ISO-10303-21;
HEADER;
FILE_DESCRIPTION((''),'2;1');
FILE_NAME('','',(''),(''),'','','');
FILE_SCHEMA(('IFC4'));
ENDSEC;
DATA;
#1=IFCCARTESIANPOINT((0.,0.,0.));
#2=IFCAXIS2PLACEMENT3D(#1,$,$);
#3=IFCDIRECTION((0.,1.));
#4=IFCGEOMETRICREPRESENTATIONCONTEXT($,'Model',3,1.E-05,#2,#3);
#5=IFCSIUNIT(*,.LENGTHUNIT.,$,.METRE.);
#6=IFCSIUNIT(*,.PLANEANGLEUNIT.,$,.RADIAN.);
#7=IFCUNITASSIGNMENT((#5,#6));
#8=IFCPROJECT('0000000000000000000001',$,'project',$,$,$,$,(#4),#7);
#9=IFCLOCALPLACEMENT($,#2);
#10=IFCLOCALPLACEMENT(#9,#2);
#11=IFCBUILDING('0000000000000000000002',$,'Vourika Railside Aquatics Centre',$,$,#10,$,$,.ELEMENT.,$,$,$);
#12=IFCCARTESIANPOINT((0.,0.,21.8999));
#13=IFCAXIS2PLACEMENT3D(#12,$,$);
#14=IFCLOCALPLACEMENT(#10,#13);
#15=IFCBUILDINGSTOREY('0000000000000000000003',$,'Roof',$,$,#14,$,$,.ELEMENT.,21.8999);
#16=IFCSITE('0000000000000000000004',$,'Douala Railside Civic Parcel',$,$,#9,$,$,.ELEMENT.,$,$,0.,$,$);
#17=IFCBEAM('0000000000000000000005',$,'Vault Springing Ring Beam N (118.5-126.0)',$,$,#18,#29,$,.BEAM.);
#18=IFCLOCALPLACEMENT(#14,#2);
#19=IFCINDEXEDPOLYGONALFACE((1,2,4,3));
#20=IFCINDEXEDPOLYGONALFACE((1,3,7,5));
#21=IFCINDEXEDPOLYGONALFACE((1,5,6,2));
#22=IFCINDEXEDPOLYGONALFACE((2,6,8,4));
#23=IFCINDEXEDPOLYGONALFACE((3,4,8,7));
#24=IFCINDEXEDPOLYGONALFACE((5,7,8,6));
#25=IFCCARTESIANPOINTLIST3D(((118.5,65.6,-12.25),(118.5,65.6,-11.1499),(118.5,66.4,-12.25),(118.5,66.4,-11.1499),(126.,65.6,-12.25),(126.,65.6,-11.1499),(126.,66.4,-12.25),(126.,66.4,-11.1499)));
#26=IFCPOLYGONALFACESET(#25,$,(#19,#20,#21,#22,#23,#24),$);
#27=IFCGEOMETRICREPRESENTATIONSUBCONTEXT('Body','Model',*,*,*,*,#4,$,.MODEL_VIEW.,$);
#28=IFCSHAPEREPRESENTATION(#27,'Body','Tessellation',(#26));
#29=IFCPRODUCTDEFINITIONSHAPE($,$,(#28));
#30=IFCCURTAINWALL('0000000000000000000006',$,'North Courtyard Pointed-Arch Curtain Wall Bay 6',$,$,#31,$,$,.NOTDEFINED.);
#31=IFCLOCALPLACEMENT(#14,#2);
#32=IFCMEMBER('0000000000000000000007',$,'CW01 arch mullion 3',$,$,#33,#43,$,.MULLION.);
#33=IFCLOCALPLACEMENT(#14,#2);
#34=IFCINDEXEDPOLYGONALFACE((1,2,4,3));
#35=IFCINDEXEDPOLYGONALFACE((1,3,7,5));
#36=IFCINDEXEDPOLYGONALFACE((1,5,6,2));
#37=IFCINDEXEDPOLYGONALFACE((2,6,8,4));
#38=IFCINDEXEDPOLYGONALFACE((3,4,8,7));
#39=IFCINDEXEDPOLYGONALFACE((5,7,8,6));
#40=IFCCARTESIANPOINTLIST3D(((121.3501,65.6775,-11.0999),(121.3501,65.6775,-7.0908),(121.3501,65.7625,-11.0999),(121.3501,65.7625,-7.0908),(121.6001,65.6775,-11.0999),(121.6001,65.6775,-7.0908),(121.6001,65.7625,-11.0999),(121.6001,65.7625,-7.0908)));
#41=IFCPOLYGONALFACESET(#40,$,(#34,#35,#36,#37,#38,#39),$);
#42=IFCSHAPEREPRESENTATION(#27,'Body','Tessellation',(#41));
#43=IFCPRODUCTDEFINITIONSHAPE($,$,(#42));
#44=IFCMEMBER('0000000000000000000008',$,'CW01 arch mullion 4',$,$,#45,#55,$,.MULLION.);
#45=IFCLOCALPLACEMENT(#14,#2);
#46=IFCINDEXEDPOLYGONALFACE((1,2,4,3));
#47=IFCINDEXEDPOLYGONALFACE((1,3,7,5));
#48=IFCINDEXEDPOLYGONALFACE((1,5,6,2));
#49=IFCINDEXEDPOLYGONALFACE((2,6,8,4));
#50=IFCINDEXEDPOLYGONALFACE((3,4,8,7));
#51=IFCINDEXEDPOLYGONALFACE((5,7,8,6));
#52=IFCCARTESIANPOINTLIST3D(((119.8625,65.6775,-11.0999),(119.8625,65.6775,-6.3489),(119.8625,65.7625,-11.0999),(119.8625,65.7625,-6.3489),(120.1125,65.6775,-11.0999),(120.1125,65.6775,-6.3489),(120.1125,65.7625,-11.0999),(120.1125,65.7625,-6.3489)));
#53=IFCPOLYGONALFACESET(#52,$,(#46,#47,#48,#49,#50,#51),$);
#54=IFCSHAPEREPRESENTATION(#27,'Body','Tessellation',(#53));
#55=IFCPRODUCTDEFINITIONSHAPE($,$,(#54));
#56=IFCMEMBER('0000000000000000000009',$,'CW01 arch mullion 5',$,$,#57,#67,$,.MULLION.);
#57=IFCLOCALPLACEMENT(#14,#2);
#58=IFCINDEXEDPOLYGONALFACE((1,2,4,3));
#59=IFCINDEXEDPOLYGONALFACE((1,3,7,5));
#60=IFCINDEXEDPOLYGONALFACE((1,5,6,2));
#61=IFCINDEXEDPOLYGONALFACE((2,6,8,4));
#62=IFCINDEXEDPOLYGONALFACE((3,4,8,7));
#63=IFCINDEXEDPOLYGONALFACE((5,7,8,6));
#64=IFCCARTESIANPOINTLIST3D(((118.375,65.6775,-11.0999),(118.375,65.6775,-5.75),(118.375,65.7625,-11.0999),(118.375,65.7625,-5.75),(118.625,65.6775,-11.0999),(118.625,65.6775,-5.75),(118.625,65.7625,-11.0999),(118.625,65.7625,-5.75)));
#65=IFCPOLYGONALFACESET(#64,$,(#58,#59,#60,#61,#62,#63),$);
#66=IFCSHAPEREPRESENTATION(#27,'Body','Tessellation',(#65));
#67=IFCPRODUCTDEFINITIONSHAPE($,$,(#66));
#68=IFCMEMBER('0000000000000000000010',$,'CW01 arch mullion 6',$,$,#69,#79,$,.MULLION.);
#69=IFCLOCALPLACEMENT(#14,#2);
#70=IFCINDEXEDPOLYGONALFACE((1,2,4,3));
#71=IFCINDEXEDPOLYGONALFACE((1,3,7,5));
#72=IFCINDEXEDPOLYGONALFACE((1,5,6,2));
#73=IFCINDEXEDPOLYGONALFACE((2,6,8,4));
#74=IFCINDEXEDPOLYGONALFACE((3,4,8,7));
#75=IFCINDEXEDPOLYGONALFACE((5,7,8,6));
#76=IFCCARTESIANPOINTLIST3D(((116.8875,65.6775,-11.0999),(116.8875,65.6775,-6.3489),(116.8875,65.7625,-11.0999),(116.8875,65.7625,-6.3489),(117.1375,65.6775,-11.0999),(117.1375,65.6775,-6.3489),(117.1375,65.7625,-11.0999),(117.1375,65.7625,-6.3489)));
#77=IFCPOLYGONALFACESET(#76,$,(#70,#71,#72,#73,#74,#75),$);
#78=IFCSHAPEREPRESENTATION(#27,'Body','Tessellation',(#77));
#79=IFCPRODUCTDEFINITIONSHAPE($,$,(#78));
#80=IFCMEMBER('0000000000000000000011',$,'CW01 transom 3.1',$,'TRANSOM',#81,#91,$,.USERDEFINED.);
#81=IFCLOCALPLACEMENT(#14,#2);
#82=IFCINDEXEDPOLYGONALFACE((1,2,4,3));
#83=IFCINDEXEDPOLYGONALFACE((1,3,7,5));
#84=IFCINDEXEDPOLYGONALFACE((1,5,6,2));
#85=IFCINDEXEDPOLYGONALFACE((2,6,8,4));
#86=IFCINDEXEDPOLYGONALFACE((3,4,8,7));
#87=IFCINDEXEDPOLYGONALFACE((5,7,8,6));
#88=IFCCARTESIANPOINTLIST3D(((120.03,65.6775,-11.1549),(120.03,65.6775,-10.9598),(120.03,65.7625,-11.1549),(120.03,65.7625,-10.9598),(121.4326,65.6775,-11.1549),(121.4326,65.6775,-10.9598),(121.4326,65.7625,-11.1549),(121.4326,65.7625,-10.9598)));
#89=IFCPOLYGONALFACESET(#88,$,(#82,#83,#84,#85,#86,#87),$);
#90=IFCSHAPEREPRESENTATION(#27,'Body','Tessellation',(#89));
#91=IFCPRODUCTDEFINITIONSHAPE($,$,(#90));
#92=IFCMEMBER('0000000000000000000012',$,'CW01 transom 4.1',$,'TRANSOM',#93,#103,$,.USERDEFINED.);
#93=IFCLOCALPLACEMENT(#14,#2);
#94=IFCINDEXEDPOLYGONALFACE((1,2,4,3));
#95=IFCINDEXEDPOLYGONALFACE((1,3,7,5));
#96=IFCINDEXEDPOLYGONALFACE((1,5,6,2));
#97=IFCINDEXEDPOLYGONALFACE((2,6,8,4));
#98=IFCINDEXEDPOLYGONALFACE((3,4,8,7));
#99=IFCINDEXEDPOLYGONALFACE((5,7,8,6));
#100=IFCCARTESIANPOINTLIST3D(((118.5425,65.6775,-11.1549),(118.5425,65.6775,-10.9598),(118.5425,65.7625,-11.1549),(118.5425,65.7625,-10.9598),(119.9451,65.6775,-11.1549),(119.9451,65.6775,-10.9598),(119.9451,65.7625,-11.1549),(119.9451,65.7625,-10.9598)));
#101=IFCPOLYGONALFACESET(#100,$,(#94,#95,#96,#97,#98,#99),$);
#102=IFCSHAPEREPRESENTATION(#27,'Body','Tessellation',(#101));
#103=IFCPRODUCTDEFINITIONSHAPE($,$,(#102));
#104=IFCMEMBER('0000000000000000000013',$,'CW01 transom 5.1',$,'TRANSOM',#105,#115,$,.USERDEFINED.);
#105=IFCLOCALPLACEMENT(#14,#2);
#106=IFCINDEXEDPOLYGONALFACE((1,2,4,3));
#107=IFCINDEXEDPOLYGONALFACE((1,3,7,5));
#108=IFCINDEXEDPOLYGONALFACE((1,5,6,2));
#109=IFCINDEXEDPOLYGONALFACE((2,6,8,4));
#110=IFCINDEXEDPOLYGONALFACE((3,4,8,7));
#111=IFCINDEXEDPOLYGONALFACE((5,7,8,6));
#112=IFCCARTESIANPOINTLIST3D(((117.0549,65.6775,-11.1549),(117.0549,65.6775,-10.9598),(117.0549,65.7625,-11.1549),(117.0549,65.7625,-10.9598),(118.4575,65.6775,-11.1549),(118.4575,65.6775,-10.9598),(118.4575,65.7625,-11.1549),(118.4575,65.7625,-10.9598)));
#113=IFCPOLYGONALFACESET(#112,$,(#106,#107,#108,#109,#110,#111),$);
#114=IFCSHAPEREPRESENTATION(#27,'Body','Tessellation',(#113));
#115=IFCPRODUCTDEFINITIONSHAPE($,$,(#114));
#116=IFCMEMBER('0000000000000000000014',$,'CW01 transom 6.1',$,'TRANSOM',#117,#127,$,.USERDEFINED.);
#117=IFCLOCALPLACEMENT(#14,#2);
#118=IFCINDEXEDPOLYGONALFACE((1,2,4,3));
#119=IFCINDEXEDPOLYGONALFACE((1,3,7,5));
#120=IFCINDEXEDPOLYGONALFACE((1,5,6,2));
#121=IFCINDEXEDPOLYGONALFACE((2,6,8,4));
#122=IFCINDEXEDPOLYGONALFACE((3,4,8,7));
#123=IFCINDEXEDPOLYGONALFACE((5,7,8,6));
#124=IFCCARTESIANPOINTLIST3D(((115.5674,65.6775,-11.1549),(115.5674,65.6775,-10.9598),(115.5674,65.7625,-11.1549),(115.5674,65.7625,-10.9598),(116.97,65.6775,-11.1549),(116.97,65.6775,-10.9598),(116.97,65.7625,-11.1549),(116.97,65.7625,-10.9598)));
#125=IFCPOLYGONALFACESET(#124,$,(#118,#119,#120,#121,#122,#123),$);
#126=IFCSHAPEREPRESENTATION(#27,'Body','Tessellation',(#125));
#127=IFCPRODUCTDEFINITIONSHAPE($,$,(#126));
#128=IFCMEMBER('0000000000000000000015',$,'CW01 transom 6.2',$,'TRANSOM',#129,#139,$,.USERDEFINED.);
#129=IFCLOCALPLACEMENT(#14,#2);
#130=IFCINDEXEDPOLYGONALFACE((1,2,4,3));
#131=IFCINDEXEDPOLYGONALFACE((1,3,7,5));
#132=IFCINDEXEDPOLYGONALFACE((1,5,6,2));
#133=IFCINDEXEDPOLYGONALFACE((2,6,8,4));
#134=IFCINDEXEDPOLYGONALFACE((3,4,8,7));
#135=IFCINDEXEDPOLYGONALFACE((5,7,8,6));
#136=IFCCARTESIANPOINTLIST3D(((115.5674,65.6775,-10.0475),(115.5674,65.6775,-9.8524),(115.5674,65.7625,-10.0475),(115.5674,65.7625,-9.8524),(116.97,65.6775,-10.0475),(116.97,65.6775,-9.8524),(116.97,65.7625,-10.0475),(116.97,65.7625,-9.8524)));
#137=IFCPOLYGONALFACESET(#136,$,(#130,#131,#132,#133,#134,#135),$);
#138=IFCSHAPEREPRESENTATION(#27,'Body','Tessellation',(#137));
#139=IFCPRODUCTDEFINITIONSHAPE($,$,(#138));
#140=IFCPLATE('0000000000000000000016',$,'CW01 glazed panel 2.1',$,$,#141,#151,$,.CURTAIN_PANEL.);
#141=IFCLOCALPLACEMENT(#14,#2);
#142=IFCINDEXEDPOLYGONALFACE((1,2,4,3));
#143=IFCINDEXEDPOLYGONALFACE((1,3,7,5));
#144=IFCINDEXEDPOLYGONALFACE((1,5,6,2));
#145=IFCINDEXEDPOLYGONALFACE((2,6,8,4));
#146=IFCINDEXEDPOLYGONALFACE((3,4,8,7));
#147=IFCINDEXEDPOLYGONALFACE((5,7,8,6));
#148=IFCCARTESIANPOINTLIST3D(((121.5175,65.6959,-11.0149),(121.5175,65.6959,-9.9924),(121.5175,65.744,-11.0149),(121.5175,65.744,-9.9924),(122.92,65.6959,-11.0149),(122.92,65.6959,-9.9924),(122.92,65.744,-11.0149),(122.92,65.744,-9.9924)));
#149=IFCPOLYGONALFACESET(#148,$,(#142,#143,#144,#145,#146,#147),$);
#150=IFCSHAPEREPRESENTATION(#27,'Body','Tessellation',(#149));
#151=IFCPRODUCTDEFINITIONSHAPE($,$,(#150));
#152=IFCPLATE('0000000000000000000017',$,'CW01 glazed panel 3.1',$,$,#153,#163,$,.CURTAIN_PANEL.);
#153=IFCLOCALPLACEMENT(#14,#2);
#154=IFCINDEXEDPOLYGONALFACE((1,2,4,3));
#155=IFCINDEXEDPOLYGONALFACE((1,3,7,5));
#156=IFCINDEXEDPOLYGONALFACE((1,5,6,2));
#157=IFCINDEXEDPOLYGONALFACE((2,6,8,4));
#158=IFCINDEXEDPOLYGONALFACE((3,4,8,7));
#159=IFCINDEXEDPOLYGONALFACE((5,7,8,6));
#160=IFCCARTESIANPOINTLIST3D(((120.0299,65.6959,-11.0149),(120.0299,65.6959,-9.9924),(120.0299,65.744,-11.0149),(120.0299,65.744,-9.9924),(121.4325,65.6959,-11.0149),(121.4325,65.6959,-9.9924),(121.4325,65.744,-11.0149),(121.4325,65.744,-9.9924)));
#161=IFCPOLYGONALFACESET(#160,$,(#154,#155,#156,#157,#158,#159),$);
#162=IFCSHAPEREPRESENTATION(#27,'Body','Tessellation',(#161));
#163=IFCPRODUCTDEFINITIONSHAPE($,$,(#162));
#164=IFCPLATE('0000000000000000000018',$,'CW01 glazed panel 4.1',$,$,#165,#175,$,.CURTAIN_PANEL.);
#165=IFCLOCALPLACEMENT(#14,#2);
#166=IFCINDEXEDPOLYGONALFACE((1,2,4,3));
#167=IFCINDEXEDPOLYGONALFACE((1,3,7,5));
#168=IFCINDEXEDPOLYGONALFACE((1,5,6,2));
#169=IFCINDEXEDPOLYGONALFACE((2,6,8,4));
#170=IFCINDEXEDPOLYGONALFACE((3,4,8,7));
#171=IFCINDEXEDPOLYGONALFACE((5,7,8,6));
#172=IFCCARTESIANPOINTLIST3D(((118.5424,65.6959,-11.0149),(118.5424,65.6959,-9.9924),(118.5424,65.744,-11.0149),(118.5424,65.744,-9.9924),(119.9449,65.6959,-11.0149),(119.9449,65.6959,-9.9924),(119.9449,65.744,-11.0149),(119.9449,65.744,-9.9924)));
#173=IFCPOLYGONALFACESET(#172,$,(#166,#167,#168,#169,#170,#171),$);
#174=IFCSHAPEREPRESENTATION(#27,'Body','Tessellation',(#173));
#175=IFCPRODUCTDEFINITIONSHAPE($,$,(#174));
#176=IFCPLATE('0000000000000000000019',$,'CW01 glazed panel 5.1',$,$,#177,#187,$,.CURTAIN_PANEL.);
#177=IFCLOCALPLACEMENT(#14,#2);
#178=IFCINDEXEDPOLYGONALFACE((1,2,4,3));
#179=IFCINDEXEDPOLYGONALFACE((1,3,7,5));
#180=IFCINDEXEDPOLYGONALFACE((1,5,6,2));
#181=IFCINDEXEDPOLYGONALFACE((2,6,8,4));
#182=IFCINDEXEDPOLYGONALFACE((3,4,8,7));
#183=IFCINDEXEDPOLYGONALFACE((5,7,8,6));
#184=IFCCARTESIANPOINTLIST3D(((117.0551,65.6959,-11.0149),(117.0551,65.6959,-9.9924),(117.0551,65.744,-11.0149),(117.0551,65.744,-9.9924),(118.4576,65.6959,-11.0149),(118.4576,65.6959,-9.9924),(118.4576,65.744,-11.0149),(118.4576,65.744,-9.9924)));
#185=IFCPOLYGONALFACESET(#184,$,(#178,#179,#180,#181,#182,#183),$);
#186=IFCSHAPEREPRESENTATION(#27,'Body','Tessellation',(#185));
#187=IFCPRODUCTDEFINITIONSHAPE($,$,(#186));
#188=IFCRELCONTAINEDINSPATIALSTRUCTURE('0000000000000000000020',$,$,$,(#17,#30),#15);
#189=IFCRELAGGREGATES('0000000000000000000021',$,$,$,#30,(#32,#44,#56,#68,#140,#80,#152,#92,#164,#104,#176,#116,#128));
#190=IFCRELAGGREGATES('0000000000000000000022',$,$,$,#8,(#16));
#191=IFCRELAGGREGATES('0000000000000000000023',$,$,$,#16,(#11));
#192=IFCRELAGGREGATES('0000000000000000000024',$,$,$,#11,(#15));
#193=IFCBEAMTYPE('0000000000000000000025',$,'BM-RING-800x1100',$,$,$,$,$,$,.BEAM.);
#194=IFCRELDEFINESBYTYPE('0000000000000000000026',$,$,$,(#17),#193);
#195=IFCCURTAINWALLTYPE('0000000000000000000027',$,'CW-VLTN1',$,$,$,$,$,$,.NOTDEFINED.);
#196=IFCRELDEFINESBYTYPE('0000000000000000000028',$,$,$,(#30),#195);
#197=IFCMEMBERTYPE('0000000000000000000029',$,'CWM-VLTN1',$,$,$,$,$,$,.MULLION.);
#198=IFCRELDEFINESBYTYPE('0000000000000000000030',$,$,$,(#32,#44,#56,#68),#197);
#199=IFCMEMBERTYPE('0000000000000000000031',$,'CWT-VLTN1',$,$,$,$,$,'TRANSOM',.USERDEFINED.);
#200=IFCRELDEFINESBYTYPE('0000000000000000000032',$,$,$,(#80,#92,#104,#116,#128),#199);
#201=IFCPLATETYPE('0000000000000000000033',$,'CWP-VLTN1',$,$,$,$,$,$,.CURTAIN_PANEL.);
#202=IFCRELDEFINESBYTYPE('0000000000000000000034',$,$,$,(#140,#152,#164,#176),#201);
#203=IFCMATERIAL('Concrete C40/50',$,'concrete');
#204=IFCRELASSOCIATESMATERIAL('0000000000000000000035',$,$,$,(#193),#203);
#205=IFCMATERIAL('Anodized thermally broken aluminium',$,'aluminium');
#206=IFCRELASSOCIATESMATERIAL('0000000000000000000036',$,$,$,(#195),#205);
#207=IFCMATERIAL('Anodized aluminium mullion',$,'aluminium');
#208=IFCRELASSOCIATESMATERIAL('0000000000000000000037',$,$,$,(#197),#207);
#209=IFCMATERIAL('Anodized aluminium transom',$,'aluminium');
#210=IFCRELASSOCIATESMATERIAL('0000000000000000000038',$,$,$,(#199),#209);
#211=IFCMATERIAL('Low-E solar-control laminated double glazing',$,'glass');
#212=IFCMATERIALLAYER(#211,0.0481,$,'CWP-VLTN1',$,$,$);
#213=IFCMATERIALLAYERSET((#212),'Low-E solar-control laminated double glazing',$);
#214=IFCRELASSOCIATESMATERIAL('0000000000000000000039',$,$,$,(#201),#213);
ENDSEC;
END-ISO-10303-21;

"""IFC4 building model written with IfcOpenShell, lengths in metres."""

from ifc_helpers import new_model, si_unit, direction, frame, origin, origin_2d, place, context, subcontext, project, spatial, rectangle, extrude, material, layer, layer_set, material_profile, profile_set, type_object, element, aggregate, save


model = new_model("IFC4")

# Units and contexts
model_context = context("Model", 3, precision=1e-05, world=origin(), true_north=direction((0.0, 1.0)))
body_context = subcontext(model_context, "Body", "Model", "MODEL_VIEW")
ifc_project = project(units=[si_unit("LENGTHUNIT", "METRE"), si_unit("PLANEANGLEUNIT", "RADIAN")], contexts=[model_context])

# Site, building, storey
site_placement = place(None, origin())
site = spatial("IfcSite", under=ifc_project, at=site_placement, Name="Douala Railside Civic Parcel", CompositionType="ELEMENT", RefElevation=0.0)
building_placement = place(site_placement, origin())
building = spatial("IfcBuilding", under=site, at=building_placement, Name="Vourika Railside Aquatics Centre", CompositionType="ELEMENT")
storey_placement = place(building_placement, frame((0.0, 0.0, 21.8999)))
storey = spatial("IfcBuildingStorey", under=building, at=storey_placement, Name="Roof", CompositionType="ELEMENT", Elevation=21.8999)

# Beam
ifc_material_1 = material(Name="Concrete C40/50", Category="concrete")
ifc_material_profile_1 = material_profile(ifc_material_1, rectangle(XDim=0.8, YDim=1.1001, at=origin_2d()), Name="RC 800x1100")
ifc_profile_set_1 = profile_set([ifc_material_profile_1], Name="Concrete C40/50")
beam_type = type_object("IfcBeamType", Name="BM-RING-800x1100", PredefinedType="BEAM", material=ifc_profile_set_1)
beam_placement = place(storey_placement, frame((118.5, 66.0, -11.7), z_axis=(1.0, 0.0, 0.0), x_axis=(0.0, 1.0, 0.0)))
element("IfcBeam", 1, at=beam_placement, inside=storey, type_object=beam_type, Name="Vault Springing Ring Beam N (118.5-126.0)", PredefinedType="BEAM", context=body_context, shape_type="SweptSolid", body=[
    extrude(rectangle(XDim=0.8, YDim=1.1001, at=origin_2d()), origin(), (0.0, 0.0, 1.0), 7.5),
])

# Curtain wall, members, plates
ifc_material_2 = material(Name="Anodized thermally broken aluminium", Category="aluminium")
curtain_wall_type = type_object("IfcCurtainWallType", Name="CW-VLTN1", PredefinedType="NOTDEFINED", material=ifc_material_2)
curtain_wall_placement = place(storey_placement, origin())
curtain_wall = element("IfcCurtainWall", 2, at=curtain_wall_placement, inside=storey, type_object=curtain_wall_type, Name="North Courtyard Pointed-Arch Curtain Wall Bay 6", PredefinedType="NOTDEFINED")
ifc_material_3 = material(Name="Anodized aluminium mullion", Category="aluminium")
ifc_material_profile_2 = material_profile(ifc_material_3, rectangle(XDim=0.085, YDim=0.25, at=origin_2d()), Name="ALU-M 85x250")
ifc_profile_set_2 = profile_set([ifc_material_profile_2], Name="Anodized aluminium mullion")
member_type_1 = type_object("IfcMemberType", Name="CWM-VLTN1", PredefinedType="MULLION", material=ifc_profile_set_2)
member_1_placement = place(storey_placement, frame((121.4751, 65.72, -11.0999), z_axis=(0.0, 0.0, 1.0), x_axis=(0.0, -1.0, 0.0)))
member_1 = element("IfcMember", 3, at=member_1_placement, type_object=member_type_1, Name="CW01 arch mullion 3", PredefinedType="MULLION", context=body_context, shape_type="SweptSolid", body=[
    extrude(rectangle(XDim=0.085, YDim=0.25, at=origin_2d()), origin(), (0.0, 0.0, 1.0), 4.009),
])
member_2_placement = place(storey_placement, frame((119.9875, 65.72, -11.0999), z_axis=(0.0, 0.0, 1.0), x_axis=(0.0, -1.0, 0.0)))
member_2 = element("IfcMember", 4, at=member_2_placement, type_object=member_type_1, Name="CW01 arch mullion 4", PredefinedType="MULLION", context=body_context, shape_type="SweptSolid", body=[
    extrude(rectangle(XDim=0.085, YDim=0.25, at=origin_2d()), origin(), (0.0, 0.0, 1.0), 4.751),
])
member_3_placement = place(storey_placement, frame((118.5, 65.72, -11.0999), z_axis=(0.0, 0.0, 1.0), x_axis=(0.0, -1.0, 0.0)))
member_3 = element("IfcMember", 5, at=member_3_placement, type_object=member_type_1, Name="CW01 arch mullion 5", PredefinedType="MULLION", context=body_context, shape_type="SweptSolid", body=[
    extrude(rectangle(XDim=0.085, YDim=0.25, at=origin_2d()), origin(), (0.0, 0.0, 1.0), 5.3499),
])
member_4_placement = place(storey_placement, frame((117.0125, 65.72, -11.0999), z_axis=(0.0, 0.0, 1.0), x_axis=(0.0, -1.0, 0.0)))
member_4 = element("IfcMember", 6, at=member_4_placement, type_object=member_type_1, Name="CW01 arch mullion 6", PredefinedType="MULLION", context=body_context, shape_type="SweptSolid", body=[
    extrude(rectangle(XDim=0.085, YDim=0.25, at=origin_2d()), origin(), (0.0, 0.0, 1.0), 4.751),
])
ifc_material_4 = material(Name="Anodized aluminium transom", Category="aluminium")
ifc_material_profile_3 = material_profile(ifc_material_4, rectangle(XDim=0.085, YDim=0.1951, at=origin_2d()), Name="ALU-T 85x195")
ifc_profile_set_3 = profile_set([ifc_material_profile_3], Name="Anodized aluminium transom")
member_type_2 = type_object("IfcMemberType", Name="CWT-VLTN1", ElementType="TRANSOM", PredefinedType="USERDEFINED", material=ifc_profile_set_3)
member_5_placement = place(storey_placement, frame((121.4326, 65.72, -11.0574), z_axis=(-1.0, 0.0, 0.0), x_axis=(0.0, -1.0, 0.0)))
member_5 = element("IfcMember", 7, at=member_5_placement, type_object=member_type_2, Name="CW01 transom 3.1", ObjectType="TRANSOM", PredefinedType="USERDEFINED", context=body_context, shape_type="SweptSolid", body=[
    extrude(rectangle(XDim=0.085, YDim=0.1951, at=origin_2d()), origin(), (0.0, 0.0, 1.0), 1.4026),
])
member_6_placement = place(storey_placement, frame((119.9451, 65.72, -11.0574), z_axis=(-1.0, 0.0, 0.0), x_axis=(0.0, -1.0, 0.0)))
member_6 = element("IfcMember", 8, at=member_6_placement, type_object=member_type_2, Name="CW01 transom 4.1", ObjectType="TRANSOM", PredefinedType="USERDEFINED", context=body_context, shape_type="SweptSolid", body=[
    extrude(rectangle(XDim=0.085, YDim=0.1951, at=origin_2d()), origin(), (0.0, 0.0, 1.0), 1.4026),
])
member_7_placement = place(storey_placement, frame((118.4575, 65.72, -11.0574), z_axis=(-1.0, 0.0, 0.0), x_axis=(0.0, -1.0, 0.0)))
member_7 = element("IfcMember", 9, at=member_7_placement, type_object=member_type_2, Name="CW01 transom 5.1", ObjectType="TRANSOM", PredefinedType="USERDEFINED", context=body_context, shape_type="SweptSolid", body=[
    extrude(rectangle(XDim=0.085, YDim=0.1951, at=origin_2d()), origin(), (0.0, 0.0, 1.0), 1.4026),
])
member_8_placement = place(storey_placement, frame((116.97, 65.72, -11.0574), z_axis=(-1.0, 0.0, 0.0), x_axis=(0.0, -1.0, 0.0)))
member_8 = element("IfcMember", 10, at=member_8_placement, type_object=member_type_2, Name="CW01 transom 6.1", ObjectType="TRANSOM", PredefinedType="USERDEFINED", context=body_context, shape_type="SweptSolid", body=[
    extrude(rectangle(XDim=0.085, YDim=0.1951, at=origin_2d()), origin(), (0.0, 0.0, 1.0), 1.4026),
])
member_9_placement = place(storey_placement, frame((116.97, 65.72, -9.95), z_axis=(-1.0, 0.0, 0.0), x_axis=(0.0, -1.0, 0.0)))
member_9 = element("IfcMember", 11, at=member_9_placement, type_object=member_type_2, Name="CW01 transom 6.2", ObjectType="TRANSOM", PredefinedType="USERDEFINED", context=body_context, shape_type="SweptSolid", body=[
    extrude(rectangle(XDim=0.085, YDim=0.1951, at=origin_2d()), origin(), (0.0, 0.0, 1.0), 1.4026),
])
ifc_material_5 = material(Name="Low-E solar-control laminated double glazing", Category="glass")
ifc_layer = layer(ifc_material_5, 0.0481, Name="CWP-VLTN1")
ifc_layer_set = layer_set([ifc_layer], Name="Low-E solar-control laminated double glazing")
plate_type = type_object("IfcPlateType", Name="CWP-VLTN1", PredefinedType="CURTAIN_PANEL", material=ifc_layer_set)
plate_1_placement = place(storey_placement, frame((122.2188, 65.72, -11.0149), z_axis=(0.0, 0.0, 1.0), x_axis=(-1.0, 0.0, 0.0)))
plate_1 = element("IfcPlate", 12, at=plate_1_placement, type_object=plate_type, Name="CW01 glazed panel 2.1", PredefinedType="CURTAIN_PANEL", context=body_context, shape_type="SweptSolid", body=[
    extrude(rectangle(XDim=1.4026, YDim=0.0481, at=origin_2d()), origin(), (0.0, 0.0, 1.0), 1.0225),
])
plate_2_placement = place(storey_placement, frame((120.7312, 65.72, -11.0149), z_axis=(0.0, 0.0, 1.0), x_axis=(-1.0, 0.0, 0.0)))
plate_2 = element("IfcPlate", 13, at=plate_2_placement, type_object=plate_type, Name="CW01 glazed panel 3.1", PredefinedType="CURTAIN_PANEL", context=body_context, shape_type="SweptSolid", body=[
    extrude(rectangle(XDim=1.4026, YDim=0.0481, at=origin_2d()), origin(), (0.0, 0.0, 1.0), 1.0225),
])
plate_3_placement = place(storey_placement, frame((119.2437, 65.72, -11.0149), z_axis=(0.0, 0.0, 1.0), x_axis=(-1.0, 0.0, 0.0)))
plate_3 = element("IfcPlate", 14, at=plate_3_placement, type_object=plate_type, Name="CW01 glazed panel 4.1", PredefinedType="CURTAIN_PANEL", context=body_context, shape_type="SweptSolid", body=[
    extrude(rectangle(XDim=1.4026, YDim=0.0481, at=origin_2d()), origin(), (0.0, 0.0, 1.0), 1.0225),
])
plate_4_placement = place(storey_placement, frame((117.7563, 65.72, -11.0149), z_axis=(0.0, 0.0, 1.0), x_axis=(-1.0, 0.0, 0.0)))
plate_4 = element("IfcPlate", 15, at=plate_4_placement, type_object=plate_type, Name="CW01 glazed panel 5.1", PredefinedType="CURTAIN_PANEL", context=body_context, shape_type="SweptSolid", body=[
    extrude(rectangle(XDim=1.4026, YDim=0.0481, at=origin_2d()), origin(), (0.0, 0.0, 1.0), 1.0225),
])
aggregate(curtain_wall, [member_1, member_2, member_3, member_4, plate_1, member_5, plate_2, member_6, plate_3, member_7, plate_4, member_8, member_9])

save(model, "model.ifc")
